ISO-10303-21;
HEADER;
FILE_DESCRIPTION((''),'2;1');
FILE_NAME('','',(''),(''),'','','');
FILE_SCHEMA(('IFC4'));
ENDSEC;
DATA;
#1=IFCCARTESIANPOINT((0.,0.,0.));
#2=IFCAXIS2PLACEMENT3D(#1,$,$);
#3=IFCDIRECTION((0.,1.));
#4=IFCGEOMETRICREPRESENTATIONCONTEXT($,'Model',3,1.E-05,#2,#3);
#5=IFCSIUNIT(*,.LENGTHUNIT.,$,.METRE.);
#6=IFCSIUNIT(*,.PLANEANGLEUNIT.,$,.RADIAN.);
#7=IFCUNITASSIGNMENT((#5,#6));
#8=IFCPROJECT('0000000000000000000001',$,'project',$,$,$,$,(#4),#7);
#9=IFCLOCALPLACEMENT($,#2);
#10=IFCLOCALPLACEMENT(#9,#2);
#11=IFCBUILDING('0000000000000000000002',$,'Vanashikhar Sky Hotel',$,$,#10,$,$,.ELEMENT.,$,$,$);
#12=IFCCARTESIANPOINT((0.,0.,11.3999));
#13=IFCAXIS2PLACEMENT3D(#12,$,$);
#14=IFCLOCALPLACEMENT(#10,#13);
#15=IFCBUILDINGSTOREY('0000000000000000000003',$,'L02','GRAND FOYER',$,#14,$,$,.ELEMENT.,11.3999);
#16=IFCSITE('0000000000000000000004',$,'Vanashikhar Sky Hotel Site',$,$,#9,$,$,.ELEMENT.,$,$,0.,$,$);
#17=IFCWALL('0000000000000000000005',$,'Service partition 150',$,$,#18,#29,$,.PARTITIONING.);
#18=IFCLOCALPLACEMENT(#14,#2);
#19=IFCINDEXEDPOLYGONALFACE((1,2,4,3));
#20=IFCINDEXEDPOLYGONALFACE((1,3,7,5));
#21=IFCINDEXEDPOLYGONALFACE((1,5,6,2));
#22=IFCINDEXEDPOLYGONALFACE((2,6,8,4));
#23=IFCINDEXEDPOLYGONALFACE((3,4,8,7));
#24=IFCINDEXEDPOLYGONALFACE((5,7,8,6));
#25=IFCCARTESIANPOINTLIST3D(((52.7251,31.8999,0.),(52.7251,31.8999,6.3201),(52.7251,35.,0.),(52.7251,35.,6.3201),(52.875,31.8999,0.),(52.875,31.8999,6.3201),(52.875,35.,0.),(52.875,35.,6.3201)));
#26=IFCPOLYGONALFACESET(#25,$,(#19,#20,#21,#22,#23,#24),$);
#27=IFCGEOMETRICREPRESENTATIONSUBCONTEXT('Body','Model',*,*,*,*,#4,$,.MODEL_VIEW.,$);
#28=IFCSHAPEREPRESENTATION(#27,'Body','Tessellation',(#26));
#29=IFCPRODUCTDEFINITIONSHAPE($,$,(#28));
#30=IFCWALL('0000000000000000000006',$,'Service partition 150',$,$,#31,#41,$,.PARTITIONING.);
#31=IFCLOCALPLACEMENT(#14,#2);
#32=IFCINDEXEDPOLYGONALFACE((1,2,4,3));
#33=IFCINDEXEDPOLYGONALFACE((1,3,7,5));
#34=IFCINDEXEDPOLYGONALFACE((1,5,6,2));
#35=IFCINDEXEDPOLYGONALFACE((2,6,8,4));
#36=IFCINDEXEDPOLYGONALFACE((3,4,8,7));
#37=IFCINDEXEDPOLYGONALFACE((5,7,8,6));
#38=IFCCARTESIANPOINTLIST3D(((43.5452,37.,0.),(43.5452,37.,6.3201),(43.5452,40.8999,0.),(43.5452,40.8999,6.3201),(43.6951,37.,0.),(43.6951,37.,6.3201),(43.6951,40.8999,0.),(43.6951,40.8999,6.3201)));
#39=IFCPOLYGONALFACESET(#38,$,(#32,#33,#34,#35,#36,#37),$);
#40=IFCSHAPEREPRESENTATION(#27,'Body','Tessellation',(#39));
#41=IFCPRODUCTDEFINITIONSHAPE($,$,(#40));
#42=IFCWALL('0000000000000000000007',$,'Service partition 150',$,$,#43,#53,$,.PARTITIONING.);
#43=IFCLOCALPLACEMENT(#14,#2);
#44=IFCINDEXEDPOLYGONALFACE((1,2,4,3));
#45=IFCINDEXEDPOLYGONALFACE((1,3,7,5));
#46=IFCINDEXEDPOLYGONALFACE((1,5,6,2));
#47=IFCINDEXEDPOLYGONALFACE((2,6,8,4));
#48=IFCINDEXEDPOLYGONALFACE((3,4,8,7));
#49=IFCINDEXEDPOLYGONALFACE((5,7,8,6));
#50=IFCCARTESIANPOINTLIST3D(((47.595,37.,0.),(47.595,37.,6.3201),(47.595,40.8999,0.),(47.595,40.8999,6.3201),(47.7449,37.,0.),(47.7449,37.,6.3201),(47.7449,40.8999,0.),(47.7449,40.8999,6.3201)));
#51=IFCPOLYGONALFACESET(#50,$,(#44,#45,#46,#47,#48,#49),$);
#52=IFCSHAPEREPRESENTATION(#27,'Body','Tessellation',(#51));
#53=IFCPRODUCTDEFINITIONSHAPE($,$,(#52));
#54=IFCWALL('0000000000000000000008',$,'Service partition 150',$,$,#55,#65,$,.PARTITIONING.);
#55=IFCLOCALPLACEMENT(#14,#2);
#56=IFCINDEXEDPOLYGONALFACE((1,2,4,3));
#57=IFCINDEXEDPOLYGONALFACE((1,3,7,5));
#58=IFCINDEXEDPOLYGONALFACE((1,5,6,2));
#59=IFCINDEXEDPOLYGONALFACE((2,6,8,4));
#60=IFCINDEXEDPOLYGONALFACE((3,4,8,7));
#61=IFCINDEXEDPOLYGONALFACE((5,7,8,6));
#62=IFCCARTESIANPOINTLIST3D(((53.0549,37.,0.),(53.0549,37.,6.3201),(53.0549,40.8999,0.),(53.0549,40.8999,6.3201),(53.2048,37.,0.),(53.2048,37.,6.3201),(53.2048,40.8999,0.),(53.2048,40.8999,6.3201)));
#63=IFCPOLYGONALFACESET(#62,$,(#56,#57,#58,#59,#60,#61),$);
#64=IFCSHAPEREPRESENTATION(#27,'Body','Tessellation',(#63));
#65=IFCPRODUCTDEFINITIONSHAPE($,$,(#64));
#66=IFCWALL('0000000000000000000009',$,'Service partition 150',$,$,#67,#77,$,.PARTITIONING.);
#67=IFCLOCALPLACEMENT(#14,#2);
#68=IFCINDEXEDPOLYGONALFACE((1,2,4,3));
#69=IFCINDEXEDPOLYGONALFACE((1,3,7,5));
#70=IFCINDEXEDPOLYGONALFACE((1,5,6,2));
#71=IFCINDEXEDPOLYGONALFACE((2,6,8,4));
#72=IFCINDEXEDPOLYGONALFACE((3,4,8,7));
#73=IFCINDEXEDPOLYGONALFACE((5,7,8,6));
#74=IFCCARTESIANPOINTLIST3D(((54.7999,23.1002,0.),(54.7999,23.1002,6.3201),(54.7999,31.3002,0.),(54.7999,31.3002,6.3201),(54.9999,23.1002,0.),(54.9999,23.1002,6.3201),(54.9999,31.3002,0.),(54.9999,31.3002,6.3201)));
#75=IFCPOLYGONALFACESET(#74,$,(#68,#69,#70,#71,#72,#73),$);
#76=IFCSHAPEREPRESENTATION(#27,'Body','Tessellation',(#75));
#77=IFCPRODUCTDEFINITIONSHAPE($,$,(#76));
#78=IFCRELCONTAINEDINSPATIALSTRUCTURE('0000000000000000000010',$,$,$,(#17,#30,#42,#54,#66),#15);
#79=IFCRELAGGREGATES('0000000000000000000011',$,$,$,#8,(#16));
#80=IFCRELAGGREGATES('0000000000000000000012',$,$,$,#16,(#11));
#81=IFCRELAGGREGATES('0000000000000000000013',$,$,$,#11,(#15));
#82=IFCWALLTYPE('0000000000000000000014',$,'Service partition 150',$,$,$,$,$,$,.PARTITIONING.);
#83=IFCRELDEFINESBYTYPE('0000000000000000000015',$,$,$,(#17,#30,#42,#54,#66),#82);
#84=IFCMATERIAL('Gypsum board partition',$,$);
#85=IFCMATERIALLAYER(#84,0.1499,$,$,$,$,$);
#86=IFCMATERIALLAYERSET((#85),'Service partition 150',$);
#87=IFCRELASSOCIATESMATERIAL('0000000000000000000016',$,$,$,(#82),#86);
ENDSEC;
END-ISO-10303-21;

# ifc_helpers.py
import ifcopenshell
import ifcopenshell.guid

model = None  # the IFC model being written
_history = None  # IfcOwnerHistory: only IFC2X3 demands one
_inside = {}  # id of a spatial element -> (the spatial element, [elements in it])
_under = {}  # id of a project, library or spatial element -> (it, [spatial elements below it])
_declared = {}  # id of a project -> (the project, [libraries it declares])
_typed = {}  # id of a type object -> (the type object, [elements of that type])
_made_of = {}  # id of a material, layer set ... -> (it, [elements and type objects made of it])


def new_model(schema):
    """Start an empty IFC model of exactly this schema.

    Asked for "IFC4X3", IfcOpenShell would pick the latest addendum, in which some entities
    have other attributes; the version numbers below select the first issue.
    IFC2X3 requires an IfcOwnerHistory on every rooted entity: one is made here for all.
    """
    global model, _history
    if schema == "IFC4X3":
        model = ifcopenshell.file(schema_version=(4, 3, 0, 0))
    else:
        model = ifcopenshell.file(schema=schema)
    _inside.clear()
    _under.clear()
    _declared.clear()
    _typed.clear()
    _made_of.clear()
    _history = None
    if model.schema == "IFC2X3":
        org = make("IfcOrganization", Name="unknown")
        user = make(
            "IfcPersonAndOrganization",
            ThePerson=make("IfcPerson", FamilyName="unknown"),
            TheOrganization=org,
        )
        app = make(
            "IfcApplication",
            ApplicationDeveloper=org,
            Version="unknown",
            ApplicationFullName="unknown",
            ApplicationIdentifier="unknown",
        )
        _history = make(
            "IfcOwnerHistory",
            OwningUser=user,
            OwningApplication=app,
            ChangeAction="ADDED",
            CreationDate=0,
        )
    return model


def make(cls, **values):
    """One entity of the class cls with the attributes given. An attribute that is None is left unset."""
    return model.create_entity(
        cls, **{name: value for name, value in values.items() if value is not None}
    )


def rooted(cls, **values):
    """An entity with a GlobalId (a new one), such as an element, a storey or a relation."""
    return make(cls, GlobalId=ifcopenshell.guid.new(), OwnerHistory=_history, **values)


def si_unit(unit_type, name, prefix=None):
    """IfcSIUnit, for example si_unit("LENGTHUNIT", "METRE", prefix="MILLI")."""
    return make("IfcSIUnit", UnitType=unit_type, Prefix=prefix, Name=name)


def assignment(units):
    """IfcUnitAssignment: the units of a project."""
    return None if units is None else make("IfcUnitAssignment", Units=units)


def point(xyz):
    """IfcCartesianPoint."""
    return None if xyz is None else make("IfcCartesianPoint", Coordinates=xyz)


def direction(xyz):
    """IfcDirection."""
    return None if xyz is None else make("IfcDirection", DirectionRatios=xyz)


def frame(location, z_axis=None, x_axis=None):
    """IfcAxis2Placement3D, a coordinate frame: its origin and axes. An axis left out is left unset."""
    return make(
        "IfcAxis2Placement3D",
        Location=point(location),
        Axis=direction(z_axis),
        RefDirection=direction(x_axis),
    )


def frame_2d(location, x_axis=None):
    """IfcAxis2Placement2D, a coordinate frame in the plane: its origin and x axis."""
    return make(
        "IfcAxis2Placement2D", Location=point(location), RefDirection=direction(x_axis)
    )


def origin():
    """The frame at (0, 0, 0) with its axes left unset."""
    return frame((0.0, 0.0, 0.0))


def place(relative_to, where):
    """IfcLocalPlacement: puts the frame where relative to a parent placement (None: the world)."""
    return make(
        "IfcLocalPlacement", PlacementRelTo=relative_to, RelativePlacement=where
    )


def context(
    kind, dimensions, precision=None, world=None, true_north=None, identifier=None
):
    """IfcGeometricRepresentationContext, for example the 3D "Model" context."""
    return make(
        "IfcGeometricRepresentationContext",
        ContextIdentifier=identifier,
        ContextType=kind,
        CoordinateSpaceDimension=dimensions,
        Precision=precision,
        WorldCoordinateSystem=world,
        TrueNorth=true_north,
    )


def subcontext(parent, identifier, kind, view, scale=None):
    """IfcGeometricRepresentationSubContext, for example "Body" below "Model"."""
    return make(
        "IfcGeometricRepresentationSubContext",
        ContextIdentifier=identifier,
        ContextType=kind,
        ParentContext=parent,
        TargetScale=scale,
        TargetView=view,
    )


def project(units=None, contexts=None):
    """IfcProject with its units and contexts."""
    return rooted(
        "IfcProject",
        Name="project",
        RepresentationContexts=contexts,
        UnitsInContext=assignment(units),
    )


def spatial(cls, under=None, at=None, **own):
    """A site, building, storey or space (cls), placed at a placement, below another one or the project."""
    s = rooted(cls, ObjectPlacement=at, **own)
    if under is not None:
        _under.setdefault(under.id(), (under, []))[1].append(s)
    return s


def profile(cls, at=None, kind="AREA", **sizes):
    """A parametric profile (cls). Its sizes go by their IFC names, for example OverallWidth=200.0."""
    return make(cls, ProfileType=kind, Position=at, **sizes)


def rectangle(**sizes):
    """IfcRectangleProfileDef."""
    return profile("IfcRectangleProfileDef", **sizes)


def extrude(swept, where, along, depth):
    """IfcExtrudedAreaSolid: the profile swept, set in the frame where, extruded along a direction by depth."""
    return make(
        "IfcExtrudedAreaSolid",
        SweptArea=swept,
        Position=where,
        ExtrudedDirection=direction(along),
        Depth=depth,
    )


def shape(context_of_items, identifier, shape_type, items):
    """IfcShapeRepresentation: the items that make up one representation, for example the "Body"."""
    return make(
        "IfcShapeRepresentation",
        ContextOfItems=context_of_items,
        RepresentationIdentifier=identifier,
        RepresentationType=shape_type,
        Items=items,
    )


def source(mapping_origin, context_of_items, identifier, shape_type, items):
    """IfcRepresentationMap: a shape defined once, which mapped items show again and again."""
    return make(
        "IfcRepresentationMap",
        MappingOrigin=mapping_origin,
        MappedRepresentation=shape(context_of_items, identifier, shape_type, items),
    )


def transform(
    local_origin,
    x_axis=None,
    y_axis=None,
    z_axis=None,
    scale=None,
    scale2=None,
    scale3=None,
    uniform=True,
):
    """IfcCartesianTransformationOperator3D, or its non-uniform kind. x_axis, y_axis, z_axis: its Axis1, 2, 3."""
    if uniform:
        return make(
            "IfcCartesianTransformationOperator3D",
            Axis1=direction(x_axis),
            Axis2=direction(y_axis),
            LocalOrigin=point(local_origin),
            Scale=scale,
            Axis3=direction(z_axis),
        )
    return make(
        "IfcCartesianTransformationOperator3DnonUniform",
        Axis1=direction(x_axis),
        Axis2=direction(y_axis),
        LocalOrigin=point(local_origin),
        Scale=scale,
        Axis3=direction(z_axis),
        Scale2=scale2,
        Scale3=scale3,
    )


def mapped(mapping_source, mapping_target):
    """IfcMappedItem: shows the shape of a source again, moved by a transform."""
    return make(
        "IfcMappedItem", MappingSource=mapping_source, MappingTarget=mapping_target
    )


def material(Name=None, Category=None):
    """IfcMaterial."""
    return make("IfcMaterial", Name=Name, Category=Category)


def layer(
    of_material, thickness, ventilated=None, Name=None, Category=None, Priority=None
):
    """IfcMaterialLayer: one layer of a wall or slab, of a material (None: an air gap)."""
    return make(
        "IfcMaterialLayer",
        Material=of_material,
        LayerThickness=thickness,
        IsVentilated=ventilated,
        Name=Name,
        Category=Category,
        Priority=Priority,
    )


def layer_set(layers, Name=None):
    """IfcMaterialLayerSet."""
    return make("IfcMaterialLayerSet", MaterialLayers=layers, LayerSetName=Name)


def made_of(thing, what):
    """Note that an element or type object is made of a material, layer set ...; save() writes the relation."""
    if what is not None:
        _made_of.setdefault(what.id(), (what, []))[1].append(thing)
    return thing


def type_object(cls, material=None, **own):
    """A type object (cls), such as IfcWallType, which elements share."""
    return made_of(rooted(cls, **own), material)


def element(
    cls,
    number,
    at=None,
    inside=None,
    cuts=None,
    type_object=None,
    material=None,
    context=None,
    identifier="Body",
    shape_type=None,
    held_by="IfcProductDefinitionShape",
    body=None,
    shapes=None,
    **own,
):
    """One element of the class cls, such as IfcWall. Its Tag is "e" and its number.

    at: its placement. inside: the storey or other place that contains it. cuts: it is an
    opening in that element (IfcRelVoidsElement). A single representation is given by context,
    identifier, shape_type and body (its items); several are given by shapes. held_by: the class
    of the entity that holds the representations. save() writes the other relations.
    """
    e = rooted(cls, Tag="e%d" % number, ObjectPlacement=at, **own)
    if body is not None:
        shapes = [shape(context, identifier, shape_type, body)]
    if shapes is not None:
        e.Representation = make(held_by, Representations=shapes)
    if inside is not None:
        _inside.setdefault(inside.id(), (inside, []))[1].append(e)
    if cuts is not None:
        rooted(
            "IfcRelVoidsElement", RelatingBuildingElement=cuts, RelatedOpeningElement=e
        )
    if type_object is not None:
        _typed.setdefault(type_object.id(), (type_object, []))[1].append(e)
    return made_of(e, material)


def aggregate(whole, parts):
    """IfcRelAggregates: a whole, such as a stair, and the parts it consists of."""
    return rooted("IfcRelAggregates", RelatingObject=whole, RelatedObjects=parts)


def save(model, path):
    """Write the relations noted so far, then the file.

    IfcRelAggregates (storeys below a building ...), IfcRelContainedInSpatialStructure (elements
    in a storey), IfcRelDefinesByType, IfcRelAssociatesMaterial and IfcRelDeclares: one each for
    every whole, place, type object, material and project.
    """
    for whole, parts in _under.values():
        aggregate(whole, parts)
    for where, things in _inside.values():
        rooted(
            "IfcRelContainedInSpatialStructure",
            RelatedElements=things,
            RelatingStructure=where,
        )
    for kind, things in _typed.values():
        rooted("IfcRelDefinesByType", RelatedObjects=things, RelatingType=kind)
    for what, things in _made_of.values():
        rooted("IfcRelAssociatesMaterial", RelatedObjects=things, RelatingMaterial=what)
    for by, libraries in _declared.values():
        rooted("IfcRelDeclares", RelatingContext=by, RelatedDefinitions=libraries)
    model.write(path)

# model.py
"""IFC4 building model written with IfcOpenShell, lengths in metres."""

from ifc_helpers import new_model, si_unit, direction, frame, frame_2d, origin, place, context, subcontext, project, spatial, rectangle, extrude, source, transform, mapped, material, layer, layer_set, type_object, element, save


model = new_model("IFC4")

# Units and contexts
model_context = context("Model", 3, precision=1e-05, world=origin(), true_north=direction((0.0, 1.0)))
body_context = subcontext(model_context, "Body", "Model", "MODEL_VIEW")
ifc_project = project(units=[si_unit("LENGTHUNIT", "METRE"), si_unit("PLANEANGLEUNIT", "RADIAN")], contexts=[model_context])

# Site, building, storey
site_placement = place(None, origin())
site = spatial("IfcSite", under=ifc_project, at=site_placement, Name="Vanashikhar Sky Hotel Site", CompositionType="ELEMENT", RefElevation=0.0)
building_placement = place(site_placement, origin())
building = spatial("IfcBuilding", under=site, at=building_placement, Name="Vanashikhar Sky Hotel", CompositionType="ELEMENT")
storey_placement = place(building_placement, frame((0.0, 0.0, 11.3999)))
storey = spatial("IfcBuildingStorey", under=building, at=storey_placement, Name="L02", Description="GRAND FOYER", CompositionType="ELEMENT", Elevation=11.3999)

# Walls
ifc_material_1 = material(Name="Gypsum board partition")
ifc_layer_1 = layer(ifc_material_1, 0.1499)
ifc_layer_set_1 = layer_set([ifc_layer_1], Name="Service partition 150")
wall_type_1 = type_object("IfcWallType", Name="Service partition 150", PredefinedType="PARTITIONING", material=ifc_layer_set_1)
shared_shape_1 = source(origin(), body_context, "Body", "SweptSolid", [
    extrude(rectangle(XDim=3.1001, YDim=0.1499, at=frame_2d((1.55, 0.0))), origin(), (0.0, 0.0, 1.0), 6.3201),
])
for number, where, z_axis, x_axis, name in (
    (1, (52.8, 31.8999, 0.0), (0.0, 0.0, 1.0), (0.0, 1.0, 0.0), "Service partition 150"),
):
    element("IfcWall", number, at=place(storey_placement, frame(where, z_axis=z_axis, x_axis=x_axis)), inside=storey, type_object=wall_type_1, Name=name, PredefinedType="PARTITIONING", context=body_context, shape_type="MappedRepresentation", body=[
        mapped(shared_shape_1, transform((0.0, 0.0, 0.0), scale=1.0)),
    ])
shared_shape_2 = source(origin(), body_context, "Body", "SweptSolid", [
    extrude(rectangle(XDim=3.8999, YDim=0.1499, at=frame_2d((1.95, 0.0))), origin(), (0.0, 0.0, 1.0), 6.3201),
])
for number, where, z_axis, x_axis, name in (
    (2, (43.6201, 37.0, 0.0), (0.0, 0.0, 1.0), (0.0, 1.0, 0.0), "Service partition 150"),
    (3, (47.6699, 37.0, 0.0), (0.0, 0.0, 1.0), (0.0, 1.0, 0.0), "Service partition 150"),
    (4, (53.1299, 37.0, 0.0), (0.0, 0.0, 1.0), (0.0, 1.0, 0.0), "Service partition 150"),
):
    element("IfcWall", number, at=place(storey_placement, frame(where, z_axis=z_axis, x_axis=x_axis)), inside=storey, type_object=wall_type_1, Name=name, PredefinedType="PARTITIONING", context=body_context, shape_type="MappedRepresentation", body=[
        mapped(shared_shape_2, transform((0.0, 0.0, 0.0), scale=1.0)),
    ])
shared_shape_3 = source(origin(), body_context, "Body", "SweptSolid", [
    extrude(rectangle(XDim=8.2, YDim=0.2, at=frame_2d((4.1001, 0.0))), origin(), (0.0, 0.0, 1.0), 6.3201),
])
wall_1_placement = place(storey_placement, frame((54.8999, 23.1001, 0.0), z_axis=(0.0, 0.0, 1.0), x_axis=(0.0, 1.0, 0.0)))
element("IfcWall", 5, at=wall_1_placement, inside=storey, type_object=wall_type_1, Name="Service partition 150", PredefinedType="PARTITIONING", context=body_context, shape_type="MappedRepresentation", body=[
    mapped(shared_shape_3, transform((0.0, 0.0, 0.0), scale=1.0)),
])

save(model, "model.ifc")
